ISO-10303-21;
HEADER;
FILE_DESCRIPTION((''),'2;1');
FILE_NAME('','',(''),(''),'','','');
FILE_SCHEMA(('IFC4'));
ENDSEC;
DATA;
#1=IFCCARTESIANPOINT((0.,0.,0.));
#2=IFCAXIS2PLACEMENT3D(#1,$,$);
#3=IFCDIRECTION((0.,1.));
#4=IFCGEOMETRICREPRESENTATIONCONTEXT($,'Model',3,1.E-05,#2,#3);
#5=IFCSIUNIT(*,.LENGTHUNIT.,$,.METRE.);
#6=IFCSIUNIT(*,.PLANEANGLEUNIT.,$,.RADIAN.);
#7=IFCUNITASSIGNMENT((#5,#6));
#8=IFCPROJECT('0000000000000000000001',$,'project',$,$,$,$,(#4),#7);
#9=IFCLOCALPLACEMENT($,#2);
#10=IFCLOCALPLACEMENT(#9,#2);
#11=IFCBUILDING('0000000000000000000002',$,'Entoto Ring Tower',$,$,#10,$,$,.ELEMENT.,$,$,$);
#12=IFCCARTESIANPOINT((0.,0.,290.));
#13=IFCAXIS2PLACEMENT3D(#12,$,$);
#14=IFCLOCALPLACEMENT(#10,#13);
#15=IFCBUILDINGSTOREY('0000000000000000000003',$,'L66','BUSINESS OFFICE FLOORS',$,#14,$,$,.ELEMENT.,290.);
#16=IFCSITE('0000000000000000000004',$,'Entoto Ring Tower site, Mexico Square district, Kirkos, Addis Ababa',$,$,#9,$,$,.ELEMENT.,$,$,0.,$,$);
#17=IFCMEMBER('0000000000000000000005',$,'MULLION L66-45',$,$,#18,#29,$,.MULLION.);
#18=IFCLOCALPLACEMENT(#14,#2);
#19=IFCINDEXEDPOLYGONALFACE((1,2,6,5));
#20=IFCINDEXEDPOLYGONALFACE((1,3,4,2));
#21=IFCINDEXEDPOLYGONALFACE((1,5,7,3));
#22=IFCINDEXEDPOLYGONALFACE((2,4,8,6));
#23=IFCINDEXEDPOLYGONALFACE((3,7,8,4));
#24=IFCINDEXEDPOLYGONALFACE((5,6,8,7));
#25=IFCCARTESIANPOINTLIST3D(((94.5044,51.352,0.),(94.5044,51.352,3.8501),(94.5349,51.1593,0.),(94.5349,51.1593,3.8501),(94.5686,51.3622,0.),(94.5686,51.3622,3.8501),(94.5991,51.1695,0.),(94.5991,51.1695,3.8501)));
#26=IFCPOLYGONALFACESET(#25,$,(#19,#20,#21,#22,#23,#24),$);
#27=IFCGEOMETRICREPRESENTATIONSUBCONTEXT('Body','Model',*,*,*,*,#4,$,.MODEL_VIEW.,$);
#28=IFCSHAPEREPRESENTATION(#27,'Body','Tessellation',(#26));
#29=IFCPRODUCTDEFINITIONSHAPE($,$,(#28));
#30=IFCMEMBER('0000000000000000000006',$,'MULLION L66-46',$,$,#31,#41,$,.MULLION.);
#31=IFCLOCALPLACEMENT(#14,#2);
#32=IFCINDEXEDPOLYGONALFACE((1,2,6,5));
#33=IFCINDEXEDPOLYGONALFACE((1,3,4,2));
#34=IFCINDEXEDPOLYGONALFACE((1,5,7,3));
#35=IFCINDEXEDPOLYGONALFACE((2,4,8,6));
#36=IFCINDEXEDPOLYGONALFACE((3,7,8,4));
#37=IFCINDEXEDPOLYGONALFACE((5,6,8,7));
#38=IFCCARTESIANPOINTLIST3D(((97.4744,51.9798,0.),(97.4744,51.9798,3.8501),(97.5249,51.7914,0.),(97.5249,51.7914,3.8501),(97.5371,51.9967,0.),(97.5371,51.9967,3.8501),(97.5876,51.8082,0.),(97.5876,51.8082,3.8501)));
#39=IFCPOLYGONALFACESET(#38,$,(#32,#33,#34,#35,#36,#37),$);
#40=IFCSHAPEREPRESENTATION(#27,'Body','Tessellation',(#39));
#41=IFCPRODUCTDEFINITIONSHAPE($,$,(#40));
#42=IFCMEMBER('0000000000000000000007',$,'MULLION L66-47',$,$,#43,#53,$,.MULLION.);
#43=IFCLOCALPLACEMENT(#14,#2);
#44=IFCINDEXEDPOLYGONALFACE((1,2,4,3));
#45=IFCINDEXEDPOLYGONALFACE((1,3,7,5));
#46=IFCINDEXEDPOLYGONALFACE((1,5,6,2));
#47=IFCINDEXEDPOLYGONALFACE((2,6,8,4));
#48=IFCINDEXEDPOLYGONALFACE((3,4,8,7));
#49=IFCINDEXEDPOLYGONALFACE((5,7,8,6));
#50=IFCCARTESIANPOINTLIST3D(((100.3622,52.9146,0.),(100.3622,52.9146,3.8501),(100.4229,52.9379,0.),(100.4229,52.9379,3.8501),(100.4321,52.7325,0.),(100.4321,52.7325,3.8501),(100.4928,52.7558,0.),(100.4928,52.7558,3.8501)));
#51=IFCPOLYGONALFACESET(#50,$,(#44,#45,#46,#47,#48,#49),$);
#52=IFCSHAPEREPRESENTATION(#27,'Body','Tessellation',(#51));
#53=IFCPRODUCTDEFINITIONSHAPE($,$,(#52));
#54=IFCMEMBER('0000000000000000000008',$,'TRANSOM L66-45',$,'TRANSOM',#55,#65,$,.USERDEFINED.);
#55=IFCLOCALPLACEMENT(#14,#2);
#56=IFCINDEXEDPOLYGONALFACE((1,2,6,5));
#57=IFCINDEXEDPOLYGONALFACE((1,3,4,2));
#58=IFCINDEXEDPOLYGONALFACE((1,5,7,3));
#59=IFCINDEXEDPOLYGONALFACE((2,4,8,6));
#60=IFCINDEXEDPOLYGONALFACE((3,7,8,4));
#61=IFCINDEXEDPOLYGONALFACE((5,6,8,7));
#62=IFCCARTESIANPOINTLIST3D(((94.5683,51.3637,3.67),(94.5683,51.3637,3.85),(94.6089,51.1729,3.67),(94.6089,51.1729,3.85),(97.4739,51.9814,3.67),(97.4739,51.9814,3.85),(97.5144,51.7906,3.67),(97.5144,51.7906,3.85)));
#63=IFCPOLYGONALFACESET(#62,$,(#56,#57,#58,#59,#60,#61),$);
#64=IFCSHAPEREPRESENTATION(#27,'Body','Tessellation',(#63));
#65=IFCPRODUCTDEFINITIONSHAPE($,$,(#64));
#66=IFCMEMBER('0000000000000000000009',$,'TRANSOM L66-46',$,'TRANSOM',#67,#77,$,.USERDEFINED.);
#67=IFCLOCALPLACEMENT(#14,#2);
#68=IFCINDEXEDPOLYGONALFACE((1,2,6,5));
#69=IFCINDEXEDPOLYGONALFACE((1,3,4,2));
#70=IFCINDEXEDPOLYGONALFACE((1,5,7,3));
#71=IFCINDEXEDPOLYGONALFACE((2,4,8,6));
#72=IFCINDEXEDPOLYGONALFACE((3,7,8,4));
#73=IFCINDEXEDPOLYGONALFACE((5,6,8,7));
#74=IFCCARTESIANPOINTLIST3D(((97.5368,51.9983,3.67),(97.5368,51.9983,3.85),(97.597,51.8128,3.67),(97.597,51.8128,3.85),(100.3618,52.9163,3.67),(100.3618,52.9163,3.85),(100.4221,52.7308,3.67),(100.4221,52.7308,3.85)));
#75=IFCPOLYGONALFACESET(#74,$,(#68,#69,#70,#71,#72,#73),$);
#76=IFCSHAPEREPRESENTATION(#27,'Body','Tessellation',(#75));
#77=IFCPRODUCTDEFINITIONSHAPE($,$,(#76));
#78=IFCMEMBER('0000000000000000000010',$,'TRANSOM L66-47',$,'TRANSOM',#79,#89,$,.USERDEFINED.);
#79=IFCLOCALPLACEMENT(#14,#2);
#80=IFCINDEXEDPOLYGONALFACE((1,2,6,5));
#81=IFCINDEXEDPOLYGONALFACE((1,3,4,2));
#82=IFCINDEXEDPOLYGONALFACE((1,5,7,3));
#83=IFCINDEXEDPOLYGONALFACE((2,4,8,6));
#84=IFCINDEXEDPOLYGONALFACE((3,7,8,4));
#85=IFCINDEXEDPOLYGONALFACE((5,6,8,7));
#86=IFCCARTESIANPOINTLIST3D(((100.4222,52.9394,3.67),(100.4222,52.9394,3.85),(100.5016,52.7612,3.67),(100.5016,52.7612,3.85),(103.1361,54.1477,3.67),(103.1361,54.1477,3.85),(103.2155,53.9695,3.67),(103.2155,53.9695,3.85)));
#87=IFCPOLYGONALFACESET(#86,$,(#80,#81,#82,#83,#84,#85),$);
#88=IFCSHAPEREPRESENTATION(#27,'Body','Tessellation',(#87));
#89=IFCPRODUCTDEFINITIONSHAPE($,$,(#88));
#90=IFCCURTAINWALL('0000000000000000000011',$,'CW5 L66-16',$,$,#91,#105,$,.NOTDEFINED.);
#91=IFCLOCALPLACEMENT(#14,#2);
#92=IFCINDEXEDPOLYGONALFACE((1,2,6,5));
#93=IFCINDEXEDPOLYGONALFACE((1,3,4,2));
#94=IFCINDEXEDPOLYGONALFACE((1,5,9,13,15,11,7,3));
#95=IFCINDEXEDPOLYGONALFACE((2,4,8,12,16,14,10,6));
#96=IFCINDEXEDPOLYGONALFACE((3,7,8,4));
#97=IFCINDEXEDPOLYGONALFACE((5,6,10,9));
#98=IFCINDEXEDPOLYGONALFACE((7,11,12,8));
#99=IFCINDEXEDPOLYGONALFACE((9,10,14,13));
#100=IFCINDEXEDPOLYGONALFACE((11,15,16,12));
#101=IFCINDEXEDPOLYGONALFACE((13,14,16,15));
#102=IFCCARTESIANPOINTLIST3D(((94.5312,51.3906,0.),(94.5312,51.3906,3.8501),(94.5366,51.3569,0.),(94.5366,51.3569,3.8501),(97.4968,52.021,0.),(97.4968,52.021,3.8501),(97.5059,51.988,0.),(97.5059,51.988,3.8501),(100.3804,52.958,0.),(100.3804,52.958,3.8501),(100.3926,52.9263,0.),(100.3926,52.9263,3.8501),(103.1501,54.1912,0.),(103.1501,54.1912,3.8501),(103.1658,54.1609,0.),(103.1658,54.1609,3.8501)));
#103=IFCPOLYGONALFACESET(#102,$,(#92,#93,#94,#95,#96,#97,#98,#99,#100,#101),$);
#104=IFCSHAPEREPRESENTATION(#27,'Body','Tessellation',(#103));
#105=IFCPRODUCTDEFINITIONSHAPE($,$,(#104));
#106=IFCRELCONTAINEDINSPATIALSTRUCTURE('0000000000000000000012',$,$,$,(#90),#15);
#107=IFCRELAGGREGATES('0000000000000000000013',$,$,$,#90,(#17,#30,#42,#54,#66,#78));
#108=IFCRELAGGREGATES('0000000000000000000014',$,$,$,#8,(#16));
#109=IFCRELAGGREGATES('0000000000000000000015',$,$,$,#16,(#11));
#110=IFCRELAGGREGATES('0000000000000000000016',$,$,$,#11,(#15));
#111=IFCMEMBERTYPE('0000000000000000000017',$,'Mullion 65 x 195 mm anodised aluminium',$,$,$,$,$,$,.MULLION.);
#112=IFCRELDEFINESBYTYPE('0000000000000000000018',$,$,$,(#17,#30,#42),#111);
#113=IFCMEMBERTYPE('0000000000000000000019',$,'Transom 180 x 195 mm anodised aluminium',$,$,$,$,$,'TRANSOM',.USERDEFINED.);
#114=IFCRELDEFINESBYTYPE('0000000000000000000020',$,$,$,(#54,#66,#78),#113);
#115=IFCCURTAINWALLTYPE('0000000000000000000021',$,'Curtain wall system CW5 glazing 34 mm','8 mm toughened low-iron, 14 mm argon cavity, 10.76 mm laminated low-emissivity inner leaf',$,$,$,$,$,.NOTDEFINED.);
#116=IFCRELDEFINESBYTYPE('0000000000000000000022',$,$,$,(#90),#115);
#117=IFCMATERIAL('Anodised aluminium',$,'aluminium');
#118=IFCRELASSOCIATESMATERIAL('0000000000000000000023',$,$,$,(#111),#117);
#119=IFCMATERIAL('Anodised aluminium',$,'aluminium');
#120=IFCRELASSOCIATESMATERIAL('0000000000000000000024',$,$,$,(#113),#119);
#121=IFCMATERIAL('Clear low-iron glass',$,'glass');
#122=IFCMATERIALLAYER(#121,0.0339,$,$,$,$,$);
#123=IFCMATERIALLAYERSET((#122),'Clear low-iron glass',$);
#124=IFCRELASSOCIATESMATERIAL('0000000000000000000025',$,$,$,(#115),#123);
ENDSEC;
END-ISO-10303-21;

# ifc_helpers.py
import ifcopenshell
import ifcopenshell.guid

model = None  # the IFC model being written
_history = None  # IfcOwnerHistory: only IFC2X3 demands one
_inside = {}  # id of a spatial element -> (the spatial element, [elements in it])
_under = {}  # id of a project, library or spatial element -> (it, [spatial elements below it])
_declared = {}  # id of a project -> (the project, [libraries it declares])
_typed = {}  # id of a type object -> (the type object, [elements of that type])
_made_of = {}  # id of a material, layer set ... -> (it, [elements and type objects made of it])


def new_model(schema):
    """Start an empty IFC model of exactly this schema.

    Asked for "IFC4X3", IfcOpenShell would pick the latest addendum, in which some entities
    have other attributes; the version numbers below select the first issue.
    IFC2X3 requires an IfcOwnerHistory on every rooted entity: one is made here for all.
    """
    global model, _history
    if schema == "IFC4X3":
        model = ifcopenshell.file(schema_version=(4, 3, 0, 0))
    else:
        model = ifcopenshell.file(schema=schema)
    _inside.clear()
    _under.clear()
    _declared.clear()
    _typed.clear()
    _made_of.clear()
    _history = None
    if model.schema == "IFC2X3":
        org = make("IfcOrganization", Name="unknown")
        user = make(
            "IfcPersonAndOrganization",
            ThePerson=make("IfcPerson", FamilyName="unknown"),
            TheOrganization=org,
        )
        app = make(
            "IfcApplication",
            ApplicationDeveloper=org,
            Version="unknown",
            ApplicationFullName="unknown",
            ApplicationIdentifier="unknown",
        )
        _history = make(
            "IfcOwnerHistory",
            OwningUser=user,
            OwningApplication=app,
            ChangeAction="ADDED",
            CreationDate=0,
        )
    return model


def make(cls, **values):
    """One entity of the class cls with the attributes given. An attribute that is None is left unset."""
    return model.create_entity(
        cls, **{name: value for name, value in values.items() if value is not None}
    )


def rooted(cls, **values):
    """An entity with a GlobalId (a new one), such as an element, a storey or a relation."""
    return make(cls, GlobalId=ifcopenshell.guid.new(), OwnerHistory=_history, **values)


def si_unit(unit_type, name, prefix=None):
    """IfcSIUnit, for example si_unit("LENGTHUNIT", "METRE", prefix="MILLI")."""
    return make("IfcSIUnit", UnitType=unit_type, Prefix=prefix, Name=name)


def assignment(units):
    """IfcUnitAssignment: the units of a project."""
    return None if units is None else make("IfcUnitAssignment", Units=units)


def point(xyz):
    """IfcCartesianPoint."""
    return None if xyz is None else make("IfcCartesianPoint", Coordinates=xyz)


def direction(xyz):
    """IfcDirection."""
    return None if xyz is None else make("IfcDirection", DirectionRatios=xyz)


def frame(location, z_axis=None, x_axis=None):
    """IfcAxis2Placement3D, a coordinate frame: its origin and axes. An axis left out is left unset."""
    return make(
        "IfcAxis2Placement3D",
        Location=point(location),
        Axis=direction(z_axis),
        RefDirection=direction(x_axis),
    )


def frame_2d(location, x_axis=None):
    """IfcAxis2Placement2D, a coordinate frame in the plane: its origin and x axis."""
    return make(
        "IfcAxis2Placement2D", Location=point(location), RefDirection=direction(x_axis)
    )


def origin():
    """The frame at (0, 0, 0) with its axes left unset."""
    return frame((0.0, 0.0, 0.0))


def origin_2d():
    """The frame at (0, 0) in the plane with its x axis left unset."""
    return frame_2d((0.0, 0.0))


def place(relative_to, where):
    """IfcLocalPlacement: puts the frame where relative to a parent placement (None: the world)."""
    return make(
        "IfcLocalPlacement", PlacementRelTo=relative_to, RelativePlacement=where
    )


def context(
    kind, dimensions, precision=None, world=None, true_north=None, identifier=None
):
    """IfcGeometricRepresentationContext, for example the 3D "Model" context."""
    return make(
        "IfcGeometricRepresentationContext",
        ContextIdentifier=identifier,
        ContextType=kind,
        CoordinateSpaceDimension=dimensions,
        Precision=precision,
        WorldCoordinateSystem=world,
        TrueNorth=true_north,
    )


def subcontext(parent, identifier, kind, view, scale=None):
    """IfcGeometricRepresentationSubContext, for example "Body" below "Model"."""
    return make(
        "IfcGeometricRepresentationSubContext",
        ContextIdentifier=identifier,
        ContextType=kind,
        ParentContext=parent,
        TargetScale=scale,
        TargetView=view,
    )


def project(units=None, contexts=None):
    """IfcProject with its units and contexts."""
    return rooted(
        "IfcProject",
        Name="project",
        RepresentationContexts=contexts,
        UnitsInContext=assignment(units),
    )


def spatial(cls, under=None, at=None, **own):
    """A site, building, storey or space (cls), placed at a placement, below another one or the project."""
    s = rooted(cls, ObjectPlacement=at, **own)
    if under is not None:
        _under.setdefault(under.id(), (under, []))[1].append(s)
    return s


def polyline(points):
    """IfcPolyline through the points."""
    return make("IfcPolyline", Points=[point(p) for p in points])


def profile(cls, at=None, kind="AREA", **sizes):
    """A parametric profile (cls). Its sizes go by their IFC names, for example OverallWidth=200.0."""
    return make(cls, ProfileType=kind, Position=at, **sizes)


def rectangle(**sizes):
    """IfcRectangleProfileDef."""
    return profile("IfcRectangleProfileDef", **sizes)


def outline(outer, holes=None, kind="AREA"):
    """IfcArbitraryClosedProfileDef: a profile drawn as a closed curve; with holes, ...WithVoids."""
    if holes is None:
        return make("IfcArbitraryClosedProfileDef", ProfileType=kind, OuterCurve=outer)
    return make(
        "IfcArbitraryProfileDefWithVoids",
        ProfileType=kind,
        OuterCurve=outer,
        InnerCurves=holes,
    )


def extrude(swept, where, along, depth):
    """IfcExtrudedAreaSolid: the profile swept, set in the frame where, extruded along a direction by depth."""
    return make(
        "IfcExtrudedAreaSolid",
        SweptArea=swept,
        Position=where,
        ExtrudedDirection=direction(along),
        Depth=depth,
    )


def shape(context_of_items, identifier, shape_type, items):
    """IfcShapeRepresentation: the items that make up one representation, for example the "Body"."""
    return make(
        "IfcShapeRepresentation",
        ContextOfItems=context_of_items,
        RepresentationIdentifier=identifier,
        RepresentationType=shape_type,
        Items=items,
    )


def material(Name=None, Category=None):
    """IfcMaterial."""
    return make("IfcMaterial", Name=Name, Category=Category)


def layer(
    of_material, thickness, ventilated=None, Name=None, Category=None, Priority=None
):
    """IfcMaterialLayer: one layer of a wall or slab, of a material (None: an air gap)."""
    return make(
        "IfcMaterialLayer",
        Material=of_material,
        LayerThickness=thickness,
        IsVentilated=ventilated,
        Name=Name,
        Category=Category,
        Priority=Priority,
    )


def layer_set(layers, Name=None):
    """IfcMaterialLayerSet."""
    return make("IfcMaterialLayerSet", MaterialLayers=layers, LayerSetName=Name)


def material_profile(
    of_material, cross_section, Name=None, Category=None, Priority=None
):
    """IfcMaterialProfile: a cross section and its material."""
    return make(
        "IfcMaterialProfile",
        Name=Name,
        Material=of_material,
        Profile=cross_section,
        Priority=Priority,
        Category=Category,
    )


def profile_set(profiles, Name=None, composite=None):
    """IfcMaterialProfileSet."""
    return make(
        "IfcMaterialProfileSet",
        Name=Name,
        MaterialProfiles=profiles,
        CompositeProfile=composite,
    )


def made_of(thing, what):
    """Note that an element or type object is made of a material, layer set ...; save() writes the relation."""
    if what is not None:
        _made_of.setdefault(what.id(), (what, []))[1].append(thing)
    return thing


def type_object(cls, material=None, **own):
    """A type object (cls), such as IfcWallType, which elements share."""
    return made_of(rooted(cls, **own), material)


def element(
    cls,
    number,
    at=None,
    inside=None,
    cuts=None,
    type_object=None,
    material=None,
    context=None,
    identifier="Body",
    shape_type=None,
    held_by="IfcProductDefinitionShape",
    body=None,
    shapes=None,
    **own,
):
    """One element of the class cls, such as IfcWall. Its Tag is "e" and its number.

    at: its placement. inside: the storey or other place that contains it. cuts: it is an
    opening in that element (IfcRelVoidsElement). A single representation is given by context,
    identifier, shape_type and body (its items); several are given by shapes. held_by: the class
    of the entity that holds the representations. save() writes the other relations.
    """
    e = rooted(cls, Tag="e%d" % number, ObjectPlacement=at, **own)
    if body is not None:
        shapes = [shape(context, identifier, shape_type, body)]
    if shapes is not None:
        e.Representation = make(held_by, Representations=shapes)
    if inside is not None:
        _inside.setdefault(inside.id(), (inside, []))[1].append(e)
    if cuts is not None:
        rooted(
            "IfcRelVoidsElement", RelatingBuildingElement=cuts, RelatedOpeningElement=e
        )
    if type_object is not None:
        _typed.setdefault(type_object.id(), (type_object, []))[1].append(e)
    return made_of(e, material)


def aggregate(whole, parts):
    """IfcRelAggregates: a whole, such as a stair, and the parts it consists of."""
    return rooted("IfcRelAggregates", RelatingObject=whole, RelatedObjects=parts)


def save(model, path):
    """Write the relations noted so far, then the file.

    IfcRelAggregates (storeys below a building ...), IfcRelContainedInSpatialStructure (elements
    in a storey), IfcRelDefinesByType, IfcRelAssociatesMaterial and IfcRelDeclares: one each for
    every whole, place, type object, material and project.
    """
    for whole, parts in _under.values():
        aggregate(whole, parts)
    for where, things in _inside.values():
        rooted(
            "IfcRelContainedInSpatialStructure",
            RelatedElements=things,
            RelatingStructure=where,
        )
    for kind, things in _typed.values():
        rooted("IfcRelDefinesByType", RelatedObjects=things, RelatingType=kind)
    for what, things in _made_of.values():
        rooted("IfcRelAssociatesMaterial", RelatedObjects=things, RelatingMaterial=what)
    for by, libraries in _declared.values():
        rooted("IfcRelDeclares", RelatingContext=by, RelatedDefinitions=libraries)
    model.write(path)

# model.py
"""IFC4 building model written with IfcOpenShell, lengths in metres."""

from ifc_helpers import new_model, si_unit, direction, frame, origin, origin_2d, place, context, subcontext, project, spatial, polyline, rectangle, outline, extrude, material, layer, layer_set, material_profile, profile_set, type_object, element, aggregate, save


model = new_model("IFC4")

# Units and contexts
model_context = context("Model", 3, precision=1e-05, world=origin(), true_north=direction((0.0, 1.0)))
body_context = subcontext(model_context, "Body", "Model", "MODEL_VIEW")
ifc_project = project(units=[si_unit("LENGTHUNIT", "METRE"), si_unit("PLANEANGLEUNIT", "RADIAN")], contexts=[model_context])

# Members
ifc_material_1 = material(Name="Anodised aluminium", Category="aluminium")
ifc_material_profile_1 = material_profile(ifc_material_1, rectangle(XDim=0.0649, YDim=0.1951, at=origin_2d()), Name="Mullion 65 x 195 mm anodised aluminium")
ifc_profile_set_1 = profile_set([ifc_material_profile_1], Name="Anodised aluminium")
member_type_1 = type_object("IfcMemberType", Name="Mullion 65 x 195 mm anodised aluminium", PredefinedType="MULLION", material=ifc_profile_set_1)
site_placement = place(None, origin())
building_placement = place(site_placement, origin())
storey_placement = place(building_placement, frame((0.0, 0.0, 290.0)))
member_1_placement = place(storey_placement, frame((94.5518, 51.2607, 0.0), z_axis=(0.0, 0.0, 1.0), x_axis=(0.987688, 0.156434, 0.0)))
member_1 = element("IfcMember", 1, at=member_1_placement, type_object=member_type_1, Name="MULLION L66-45", PredefinedType="MULLION", context=body_context, shape_type="SweptSolid", body=[
    extrude(rectangle(XDim=0.0649, YDim=0.1951, at=origin_2d()), origin(), (0.0, 0.0, 1.0), 3.8501),
])
member_2_placement = place(storey_placement, frame((97.531, 51.894, 0.0), z_axis=(0.0, 0.0, 1.0), x_axis=(0.965926, 0.258819, 0.0)))
member_2 = element("IfcMember", 2, at=member_2_placement, type_object=member_type_1, Name="MULLION L66-46", PredefinedType="MULLION", context=body_context, shape_type="SweptSolid", body=[
    extrude(rectangle(XDim=0.0649, YDim=0.1951, at=origin_2d()), origin(), (0.0, 0.0, 1.0), 3.8501),
])
member_3_placement = place(storey_placement, frame((100.4275, 52.8352, 0.0), z_axis=(0.0, 0.0, 1.0), x_axis=(0.93358, 0.358368, 0.0)))
member_3 = element("IfcMember", 3, at=member_3_placement, type_object=member_type_1, Name="MULLION L66-47", PredefinedType="MULLION", context=body_context, shape_type="SweptSolid", body=[
    extrude(rectangle(XDim=0.0649, YDim=0.1951, at=origin_2d()), origin(), (0.0, 0.0, 1.0), 3.8501),
])
ifc_material_2 = material(Name="Anodised aluminium", Category="aluminium")
ifc_material_profile_2 = material_profile(ifc_material_2, rectangle(XDim=0.1951, YDim=0.1799, at=origin_2d()), Name="Transom 180 x 195 mm anodised aluminium")
ifc_profile_set_2 = profile_set([ifc_material_profile_2], Name="Anodised aluminium")
member_type_2 = type_object("IfcMemberType", Name="Transom 180 x 195 mm anodised aluminium", ElementType="TRANSOM", PredefinedType="USERDEFINED", material=ifc_profile_set_2)
member_4_placement = place(storey_placement, frame((94.5886, 51.2683, 3.76), z_axis=(0.978142, 0.20794, 0.0), x_axis=(-0.20794, 0.978142, 0.0)))
member_4 = element("IfcMember", 4, at=member_4_placement, type_object=member_type_2, Name="TRANSOM L66-45", ObjectType="TRANSOM", PredefinedType="USERDEFINED", context=body_context, shape_type="SweptSolid", body=[
    extrude(rectangle(XDim=0.1951, YDim=0.1799, at=origin_2d()), origin(), (0.0, 0.0, 1.0), 2.9705),
])
member_5_placement = place(storey_placement, frame((97.5669, 51.9055, 3.76), z_axis=(0.951048, 0.309043, 0.0), x_axis=(-0.309043, 0.951048, 0.0)))
member_5 = element("IfcMember", 5, at=member_5_placement, type_object=member_type_2, Name="TRANSOM L66-46", ObjectType="TRANSOM", PredefinedType="USERDEFINED", context=body_context, shape_type="SweptSolid", body=[
    extrude(rectangle(XDim=0.1951, YDim=0.1799, at=origin_2d()), origin(), (0.0, 0.0, 1.0), 2.9705),
])
member_6_placement = place(storey_placement, frame((100.4619, 52.8503, 3.76), z_axis=(0.91355, 0.406726, 0.0), x_axis=(-0.406726, 0.91355, 0.0)))
member_6 = element("IfcMember", 6, at=member_6_placement, type_object=member_type_2, Name="TRANSOM L66-47", ObjectType="TRANSOM", PredefinedType="USERDEFINED", context=body_context, shape_type="SweptSolid", body=[
    extrude(rectangle(XDim=0.1951, YDim=0.1799, at=origin_2d()), origin(), (0.0, 0.0, 1.0), 2.9707),
])

# Site, building, storey
site = spatial("IfcSite", under=ifc_project, at=site_placement, Name="Entoto Ring Tower site, Mexico Square district, Kirkos, Addis Ababa", CompositionType="ELEMENT", RefElevation=0.0)
building = spatial("IfcBuilding", under=site, at=building_placement, Name="Entoto Ring Tower", CompositionType="ELEMENT")
storey = spatial("IfcBuildingStorey", under=building, at=storey_placement, Name="L66", Description="BUSINESS OFFICE FLOORS", CompositionType="ELEMENT", Elevation=290.0)

# Curtain wall
ifc_material_3 = material(Name="Clear low-iron glass", Category="glass")
ifc_layer = layer(ifc_material_3, 0.0339)
ifc_layer_set = layer_set([ifc_layer], Name="Clear low-iron glass")
curtain_wall_type = type_object("IfcCurtainWallType", Name="Curtain wall system CW5 glazing 34 mm", Description="8 mm toughened low-iron, 14 mm argon cavity, 10.76 mm laminated low-emissivity inner leaf", PredefinedType="NOTDEFINED", material=ifc_layer_set)
curtain_wall_1_placement = place(storey_placement, origin())
curtain_wall_1 = element("IfcCurtainWall", 7, at=curtain_wall_1_placement, inside=storey, type_object=curtain_wall_type, Name="CW5 L66-16", PredefinedType="NOTDEFINED", context=body_context, shape_type="SweptSolid", body=[
    extrude(outline(polyline([(94.5366, 51.3569), (97.5059, 51.988), (100.3926, 52.9263), (103.1658, 54.1609), (103.1501, 54.1912), (100.3804, 52.958), (97.4968, 52.021), (94.5312, 51.3906), (94.5366, 51.3569)])), origin(), (0.0, 0.0, 1.0), 3.8501),
])
aggregate(curtain_wall_1, [member_1, member_2, member_3, member_4, member_5, member_6])

save(model, "model.ifc")
